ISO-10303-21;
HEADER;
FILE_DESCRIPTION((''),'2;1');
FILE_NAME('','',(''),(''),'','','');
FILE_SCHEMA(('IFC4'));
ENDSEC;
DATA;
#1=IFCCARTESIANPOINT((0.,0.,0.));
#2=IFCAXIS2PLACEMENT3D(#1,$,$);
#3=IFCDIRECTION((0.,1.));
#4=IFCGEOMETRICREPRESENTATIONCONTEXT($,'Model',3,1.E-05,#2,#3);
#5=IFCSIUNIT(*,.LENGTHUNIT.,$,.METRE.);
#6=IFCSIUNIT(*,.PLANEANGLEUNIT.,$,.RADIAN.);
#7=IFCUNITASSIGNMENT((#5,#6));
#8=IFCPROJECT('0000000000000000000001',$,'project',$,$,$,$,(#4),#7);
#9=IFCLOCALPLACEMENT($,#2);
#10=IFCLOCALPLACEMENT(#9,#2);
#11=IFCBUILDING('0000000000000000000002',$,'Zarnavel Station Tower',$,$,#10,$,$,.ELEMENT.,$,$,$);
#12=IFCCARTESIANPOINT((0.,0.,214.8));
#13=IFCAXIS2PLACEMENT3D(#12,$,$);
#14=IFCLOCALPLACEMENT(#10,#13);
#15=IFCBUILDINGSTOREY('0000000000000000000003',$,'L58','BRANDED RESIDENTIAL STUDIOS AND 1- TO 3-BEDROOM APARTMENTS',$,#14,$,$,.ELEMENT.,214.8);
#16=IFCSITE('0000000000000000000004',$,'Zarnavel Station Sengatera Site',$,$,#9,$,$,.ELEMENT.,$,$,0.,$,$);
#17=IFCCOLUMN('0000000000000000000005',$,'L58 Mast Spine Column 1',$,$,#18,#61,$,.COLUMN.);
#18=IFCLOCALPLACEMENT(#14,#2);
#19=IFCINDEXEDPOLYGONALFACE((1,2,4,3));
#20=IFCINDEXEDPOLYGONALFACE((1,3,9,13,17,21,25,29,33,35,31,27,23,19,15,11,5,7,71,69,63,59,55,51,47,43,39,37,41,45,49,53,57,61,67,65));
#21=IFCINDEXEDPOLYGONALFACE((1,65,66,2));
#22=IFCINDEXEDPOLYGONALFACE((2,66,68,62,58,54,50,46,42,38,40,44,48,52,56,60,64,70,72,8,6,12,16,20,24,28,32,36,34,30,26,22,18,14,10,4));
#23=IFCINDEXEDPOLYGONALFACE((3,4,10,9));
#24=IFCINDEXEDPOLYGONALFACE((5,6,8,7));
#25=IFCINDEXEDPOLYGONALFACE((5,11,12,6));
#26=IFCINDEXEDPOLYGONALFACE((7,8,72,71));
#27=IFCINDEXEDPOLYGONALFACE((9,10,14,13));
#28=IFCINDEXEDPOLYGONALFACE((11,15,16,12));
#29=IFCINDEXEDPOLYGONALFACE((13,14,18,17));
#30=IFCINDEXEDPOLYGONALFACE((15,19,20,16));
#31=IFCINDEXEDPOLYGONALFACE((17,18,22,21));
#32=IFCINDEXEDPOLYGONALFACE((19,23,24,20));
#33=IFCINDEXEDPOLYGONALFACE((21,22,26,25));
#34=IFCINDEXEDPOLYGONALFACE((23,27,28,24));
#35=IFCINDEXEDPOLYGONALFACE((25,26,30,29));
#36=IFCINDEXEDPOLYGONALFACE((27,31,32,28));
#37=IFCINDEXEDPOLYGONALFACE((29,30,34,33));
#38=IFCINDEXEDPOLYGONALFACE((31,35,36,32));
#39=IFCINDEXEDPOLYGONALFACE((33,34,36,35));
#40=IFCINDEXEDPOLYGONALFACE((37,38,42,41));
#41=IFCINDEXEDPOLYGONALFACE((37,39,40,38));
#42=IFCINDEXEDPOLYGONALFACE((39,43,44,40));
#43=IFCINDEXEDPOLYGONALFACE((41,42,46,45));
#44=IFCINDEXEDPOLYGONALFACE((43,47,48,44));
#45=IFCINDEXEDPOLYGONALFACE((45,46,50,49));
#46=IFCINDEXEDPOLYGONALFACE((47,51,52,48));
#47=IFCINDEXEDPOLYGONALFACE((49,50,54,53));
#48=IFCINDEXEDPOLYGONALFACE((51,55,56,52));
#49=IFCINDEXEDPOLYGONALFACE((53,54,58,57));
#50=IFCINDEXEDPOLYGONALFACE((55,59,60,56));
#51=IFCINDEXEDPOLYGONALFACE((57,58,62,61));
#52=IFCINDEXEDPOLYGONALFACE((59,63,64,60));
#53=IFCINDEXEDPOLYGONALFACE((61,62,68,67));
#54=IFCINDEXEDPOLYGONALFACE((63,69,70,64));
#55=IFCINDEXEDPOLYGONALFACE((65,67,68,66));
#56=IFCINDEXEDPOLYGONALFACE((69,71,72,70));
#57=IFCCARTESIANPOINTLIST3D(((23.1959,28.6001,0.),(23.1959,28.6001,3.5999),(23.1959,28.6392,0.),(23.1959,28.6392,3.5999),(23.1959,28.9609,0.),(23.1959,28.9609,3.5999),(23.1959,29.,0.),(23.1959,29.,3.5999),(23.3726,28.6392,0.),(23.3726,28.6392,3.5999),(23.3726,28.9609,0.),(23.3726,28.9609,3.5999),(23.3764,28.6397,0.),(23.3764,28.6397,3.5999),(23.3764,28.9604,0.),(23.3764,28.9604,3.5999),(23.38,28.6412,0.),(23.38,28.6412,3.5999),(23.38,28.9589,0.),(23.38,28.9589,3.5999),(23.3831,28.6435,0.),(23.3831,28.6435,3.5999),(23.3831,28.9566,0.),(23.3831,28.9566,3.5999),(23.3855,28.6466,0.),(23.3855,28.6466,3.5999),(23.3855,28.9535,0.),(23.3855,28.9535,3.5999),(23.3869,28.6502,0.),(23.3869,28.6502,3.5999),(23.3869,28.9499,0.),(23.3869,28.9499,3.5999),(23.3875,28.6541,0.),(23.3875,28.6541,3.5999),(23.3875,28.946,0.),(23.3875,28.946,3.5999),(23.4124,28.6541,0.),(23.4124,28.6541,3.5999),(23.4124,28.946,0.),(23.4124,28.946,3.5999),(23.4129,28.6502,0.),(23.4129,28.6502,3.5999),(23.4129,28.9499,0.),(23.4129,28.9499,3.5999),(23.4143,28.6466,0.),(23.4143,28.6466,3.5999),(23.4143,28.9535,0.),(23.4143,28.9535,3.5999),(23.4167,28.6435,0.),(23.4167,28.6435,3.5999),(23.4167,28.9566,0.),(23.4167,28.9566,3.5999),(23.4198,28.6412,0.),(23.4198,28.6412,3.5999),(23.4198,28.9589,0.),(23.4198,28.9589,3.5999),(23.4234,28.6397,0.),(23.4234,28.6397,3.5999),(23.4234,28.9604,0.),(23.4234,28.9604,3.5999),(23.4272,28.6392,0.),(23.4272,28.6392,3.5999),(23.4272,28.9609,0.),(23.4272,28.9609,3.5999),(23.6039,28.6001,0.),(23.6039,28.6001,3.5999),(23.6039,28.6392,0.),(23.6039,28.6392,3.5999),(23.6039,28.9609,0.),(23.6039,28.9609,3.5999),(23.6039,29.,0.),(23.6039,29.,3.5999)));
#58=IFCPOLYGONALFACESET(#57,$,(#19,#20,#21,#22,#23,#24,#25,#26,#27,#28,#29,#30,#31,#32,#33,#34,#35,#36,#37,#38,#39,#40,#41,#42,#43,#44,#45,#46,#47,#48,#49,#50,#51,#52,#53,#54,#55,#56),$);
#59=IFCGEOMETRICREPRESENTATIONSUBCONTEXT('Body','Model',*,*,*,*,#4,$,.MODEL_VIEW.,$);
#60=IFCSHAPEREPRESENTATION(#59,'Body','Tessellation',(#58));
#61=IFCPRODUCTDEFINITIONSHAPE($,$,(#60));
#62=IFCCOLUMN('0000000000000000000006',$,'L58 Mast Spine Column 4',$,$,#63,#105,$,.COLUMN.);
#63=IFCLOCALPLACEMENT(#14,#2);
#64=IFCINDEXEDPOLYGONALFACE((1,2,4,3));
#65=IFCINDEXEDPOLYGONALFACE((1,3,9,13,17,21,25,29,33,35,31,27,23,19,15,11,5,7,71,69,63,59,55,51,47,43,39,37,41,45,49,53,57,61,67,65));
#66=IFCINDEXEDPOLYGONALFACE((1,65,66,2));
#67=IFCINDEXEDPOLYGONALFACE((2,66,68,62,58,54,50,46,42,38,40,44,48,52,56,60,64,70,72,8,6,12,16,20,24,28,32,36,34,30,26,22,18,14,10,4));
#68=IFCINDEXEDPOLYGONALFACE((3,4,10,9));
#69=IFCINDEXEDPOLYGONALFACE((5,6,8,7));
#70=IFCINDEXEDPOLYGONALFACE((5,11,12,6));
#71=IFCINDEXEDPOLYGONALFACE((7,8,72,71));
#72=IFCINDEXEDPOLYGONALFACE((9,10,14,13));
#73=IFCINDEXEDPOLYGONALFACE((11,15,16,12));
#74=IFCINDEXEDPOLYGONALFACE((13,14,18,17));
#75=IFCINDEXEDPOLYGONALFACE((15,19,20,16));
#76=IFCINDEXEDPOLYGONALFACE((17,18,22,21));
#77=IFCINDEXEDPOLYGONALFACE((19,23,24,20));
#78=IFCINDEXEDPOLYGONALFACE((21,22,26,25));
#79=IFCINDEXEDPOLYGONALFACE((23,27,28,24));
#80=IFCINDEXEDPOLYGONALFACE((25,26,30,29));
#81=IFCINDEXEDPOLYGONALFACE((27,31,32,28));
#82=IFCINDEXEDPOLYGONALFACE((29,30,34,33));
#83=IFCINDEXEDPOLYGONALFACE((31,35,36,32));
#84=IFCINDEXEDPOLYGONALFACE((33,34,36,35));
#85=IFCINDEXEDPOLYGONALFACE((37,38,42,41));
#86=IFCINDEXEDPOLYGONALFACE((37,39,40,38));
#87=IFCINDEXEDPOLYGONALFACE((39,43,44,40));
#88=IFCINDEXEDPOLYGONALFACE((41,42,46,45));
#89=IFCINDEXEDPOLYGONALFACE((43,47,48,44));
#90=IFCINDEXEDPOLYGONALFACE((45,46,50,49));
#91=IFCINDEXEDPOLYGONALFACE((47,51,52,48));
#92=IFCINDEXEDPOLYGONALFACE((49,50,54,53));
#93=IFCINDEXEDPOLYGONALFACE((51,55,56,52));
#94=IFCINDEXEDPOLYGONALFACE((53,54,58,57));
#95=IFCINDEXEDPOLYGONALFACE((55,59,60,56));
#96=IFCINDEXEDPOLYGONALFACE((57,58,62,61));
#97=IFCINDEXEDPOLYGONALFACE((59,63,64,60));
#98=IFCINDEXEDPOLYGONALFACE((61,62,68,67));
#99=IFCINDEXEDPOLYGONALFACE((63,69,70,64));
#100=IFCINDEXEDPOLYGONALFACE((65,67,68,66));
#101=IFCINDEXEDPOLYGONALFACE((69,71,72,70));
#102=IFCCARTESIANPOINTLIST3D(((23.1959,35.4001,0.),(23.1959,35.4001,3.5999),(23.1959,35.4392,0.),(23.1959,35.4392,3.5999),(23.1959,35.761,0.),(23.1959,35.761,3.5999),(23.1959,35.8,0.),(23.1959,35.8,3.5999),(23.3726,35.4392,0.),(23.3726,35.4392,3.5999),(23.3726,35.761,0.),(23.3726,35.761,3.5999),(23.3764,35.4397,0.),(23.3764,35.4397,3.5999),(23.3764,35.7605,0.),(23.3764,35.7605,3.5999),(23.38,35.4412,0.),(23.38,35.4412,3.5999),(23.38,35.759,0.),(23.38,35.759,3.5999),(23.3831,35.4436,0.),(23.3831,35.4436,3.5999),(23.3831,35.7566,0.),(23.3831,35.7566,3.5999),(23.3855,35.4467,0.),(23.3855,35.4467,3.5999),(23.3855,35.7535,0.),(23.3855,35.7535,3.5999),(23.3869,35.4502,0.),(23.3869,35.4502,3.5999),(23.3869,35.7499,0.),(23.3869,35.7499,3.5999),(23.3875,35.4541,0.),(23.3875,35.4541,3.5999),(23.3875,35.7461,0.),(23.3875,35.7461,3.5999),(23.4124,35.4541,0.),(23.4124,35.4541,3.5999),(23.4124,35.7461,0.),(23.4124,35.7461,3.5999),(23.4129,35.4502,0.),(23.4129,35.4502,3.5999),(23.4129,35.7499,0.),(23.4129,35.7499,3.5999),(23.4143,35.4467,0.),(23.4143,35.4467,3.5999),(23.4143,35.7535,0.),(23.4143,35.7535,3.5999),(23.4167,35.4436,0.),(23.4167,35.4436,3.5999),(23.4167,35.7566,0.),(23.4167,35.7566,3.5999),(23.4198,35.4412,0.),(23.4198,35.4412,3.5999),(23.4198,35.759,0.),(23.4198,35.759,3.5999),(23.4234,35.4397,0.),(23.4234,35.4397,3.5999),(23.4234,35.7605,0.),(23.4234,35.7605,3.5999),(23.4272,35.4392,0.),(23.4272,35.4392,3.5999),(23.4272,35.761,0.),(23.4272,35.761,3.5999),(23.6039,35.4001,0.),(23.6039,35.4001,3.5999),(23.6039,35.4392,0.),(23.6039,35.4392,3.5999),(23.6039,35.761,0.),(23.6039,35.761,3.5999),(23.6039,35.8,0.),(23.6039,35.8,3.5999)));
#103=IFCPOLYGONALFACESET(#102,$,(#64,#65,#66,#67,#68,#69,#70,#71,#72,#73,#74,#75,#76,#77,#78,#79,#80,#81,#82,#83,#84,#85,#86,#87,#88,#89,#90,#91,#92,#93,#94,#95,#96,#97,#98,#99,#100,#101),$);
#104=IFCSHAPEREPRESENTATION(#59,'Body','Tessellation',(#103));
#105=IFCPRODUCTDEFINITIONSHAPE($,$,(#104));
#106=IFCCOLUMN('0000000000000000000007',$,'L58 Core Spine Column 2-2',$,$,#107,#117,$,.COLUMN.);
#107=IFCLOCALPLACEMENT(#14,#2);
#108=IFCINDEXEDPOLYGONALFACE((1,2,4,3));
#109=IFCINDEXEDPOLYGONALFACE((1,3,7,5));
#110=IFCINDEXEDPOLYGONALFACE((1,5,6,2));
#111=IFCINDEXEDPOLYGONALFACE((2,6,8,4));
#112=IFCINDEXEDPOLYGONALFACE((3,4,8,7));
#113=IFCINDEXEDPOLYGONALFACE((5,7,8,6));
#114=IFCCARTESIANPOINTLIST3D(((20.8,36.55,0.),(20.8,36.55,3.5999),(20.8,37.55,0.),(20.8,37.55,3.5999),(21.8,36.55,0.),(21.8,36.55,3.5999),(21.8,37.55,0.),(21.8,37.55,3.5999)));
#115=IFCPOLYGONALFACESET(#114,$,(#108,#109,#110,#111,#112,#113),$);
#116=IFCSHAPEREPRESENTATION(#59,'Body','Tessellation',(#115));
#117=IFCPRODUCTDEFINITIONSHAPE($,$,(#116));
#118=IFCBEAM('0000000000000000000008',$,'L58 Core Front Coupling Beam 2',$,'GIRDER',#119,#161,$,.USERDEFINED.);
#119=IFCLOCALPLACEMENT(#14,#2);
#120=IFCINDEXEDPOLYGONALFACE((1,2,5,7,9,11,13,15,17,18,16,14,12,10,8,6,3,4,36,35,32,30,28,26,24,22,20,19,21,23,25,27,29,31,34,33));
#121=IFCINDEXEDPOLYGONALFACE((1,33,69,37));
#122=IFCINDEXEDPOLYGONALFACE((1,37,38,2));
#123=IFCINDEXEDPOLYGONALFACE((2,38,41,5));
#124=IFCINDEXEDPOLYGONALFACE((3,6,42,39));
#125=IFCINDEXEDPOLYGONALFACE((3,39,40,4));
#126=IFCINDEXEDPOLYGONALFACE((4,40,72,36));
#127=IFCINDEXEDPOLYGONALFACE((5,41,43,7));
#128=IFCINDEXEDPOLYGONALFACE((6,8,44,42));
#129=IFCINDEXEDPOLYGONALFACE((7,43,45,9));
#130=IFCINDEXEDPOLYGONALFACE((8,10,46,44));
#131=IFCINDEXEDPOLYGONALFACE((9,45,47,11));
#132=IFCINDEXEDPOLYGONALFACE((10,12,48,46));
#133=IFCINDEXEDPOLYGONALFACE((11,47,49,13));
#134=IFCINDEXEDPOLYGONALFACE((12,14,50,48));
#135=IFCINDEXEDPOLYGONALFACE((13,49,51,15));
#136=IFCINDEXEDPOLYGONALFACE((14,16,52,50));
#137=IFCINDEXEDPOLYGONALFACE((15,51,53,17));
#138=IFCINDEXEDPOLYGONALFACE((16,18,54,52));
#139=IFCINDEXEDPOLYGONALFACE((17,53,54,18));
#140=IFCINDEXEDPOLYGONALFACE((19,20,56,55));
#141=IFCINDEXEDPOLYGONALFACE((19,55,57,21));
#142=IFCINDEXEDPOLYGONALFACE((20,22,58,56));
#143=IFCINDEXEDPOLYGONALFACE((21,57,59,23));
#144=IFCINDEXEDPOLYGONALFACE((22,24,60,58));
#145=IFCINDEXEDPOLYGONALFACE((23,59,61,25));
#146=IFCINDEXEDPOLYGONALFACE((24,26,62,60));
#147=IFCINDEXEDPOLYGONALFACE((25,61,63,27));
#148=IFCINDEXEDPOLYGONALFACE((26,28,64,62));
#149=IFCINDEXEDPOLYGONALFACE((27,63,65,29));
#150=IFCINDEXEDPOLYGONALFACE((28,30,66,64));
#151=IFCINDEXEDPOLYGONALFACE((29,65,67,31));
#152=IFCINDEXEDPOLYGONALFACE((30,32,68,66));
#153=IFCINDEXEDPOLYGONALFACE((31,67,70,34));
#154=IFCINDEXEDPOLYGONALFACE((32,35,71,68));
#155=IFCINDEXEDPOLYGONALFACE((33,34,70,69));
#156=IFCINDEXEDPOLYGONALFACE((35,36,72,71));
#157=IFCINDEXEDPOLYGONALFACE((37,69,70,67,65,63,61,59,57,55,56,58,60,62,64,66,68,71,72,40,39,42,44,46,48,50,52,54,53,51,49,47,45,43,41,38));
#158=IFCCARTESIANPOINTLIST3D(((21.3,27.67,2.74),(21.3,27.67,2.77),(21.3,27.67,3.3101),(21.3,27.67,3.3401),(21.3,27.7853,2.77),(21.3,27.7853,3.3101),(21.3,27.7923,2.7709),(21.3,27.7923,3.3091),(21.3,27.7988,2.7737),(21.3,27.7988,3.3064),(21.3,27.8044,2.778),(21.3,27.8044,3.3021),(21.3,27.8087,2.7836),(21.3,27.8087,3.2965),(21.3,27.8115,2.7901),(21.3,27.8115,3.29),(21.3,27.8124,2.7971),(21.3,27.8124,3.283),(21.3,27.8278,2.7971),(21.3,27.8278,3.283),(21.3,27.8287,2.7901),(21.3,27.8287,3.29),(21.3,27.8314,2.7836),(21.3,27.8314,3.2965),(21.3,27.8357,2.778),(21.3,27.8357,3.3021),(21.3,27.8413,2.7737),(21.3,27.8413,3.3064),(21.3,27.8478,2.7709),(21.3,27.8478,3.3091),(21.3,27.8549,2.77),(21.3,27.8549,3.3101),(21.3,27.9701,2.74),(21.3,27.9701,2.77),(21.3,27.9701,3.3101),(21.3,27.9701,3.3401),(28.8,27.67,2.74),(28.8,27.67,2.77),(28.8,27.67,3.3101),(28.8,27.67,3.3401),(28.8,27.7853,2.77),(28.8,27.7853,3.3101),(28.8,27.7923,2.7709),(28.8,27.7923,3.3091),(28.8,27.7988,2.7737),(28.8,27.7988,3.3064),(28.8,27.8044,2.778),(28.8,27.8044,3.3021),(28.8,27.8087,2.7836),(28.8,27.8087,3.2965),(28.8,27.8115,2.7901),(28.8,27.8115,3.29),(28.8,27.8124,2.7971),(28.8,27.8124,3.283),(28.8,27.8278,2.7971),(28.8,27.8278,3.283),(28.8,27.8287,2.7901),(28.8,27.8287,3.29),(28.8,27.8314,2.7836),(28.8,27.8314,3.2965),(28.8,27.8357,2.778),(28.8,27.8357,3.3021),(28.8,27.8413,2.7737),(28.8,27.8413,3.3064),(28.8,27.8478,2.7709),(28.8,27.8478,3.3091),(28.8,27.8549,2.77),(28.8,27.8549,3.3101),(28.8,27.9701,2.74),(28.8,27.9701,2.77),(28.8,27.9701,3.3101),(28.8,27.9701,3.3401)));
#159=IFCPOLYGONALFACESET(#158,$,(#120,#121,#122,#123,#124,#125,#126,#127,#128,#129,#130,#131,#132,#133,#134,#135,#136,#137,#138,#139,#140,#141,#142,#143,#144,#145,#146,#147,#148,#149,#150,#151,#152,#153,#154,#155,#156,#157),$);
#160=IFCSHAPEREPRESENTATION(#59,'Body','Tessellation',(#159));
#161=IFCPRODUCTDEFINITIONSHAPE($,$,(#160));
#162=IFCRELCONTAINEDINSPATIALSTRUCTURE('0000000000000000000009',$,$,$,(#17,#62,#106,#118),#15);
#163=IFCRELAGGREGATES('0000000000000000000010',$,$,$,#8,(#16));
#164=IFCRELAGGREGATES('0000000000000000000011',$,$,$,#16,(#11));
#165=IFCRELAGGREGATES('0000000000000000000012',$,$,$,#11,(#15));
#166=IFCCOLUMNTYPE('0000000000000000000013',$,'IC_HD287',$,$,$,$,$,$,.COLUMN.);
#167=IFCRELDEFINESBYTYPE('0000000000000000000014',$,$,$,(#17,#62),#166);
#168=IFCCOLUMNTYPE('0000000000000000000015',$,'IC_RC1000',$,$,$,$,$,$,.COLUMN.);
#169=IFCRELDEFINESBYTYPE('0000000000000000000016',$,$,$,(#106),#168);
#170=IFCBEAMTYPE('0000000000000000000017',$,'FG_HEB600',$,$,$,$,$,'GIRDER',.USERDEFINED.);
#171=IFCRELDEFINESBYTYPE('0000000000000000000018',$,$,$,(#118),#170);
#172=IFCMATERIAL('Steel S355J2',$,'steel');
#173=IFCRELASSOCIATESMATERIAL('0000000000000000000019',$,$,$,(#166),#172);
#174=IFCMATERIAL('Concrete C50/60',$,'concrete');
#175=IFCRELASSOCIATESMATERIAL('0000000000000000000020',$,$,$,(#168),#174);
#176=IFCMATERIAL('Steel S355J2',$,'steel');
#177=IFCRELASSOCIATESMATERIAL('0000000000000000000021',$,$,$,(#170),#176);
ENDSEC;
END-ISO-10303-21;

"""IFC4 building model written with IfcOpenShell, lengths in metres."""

from ifc_helpers import new_model, si_unit, direction, frame, origin, origin_2d, place, context, subcontext, project, spatial, rectangle, i_section, extrude, material, material_profile, profile_set, type_object, element, save


model = new_model("IFC4")

# Units and contexts
model_context = context("Model", 3, precision=1e-05, world=origin(), true_north=direction((0.0, 1.0)))
body_context = subcontext(model_context, "Body", "Model", "MODEL_VIEW")
ifc_project = project(units=[si_unit("LENGTHUNIT", "METRE"), si_unit("PLANEANGLEUNIT", "RADIAN")], contexts=[model_context])

# Site, building, storey
site_placement = place(None, origin())
site = spatial("IfcSite", under=ifc_project, at=site_placement, Name="Zarnavel Station Sengatera Site", CompositionType="ELEMENT", RefElevation=0.0)
building_placement = place(site_placement, origin())
building = spatial("IfcBuilding", under=site, at=building_placement, Name="Zarnavel Station Tower", CompositionType="ELEMENT")
storey_placement = place(building_placement, frame((0.0, 0.0, 214.8)))
storey = spatial("IfcBuildingStorey", under=building, at=storey_placement, Name="L58", Description="BRANDED RESIDENTIAL STUDIOS AND 1- TO 3-BEDROOM APARTMENTS", CompositionType="ELEMENT", Elevation=214.8)

# Columns
ifc_material_1 = material(Name="Steel S355J2", Category="steel")
ifc_material_profile_1 = material_profile(ifc_material_1, i_section(OverallWidth=0.408, OverallDepth=0.3999, WebThickness=0.0249, FlangeThickness=0.0391, FilletRadius=0.0149, at=origin_2d()), Name="HD400x287")
ifc_profile_set_1 = profile_set([ifc_material_profile_1], Name="Steel S355J2")
column_type_1 = type_object("IfcColumnType", Name="IC_HD287", PredefinedType="COLUMN", material=ifc_profile_set_1)
for number, where, z_axis, x_axis, name in (
    (1, (23.3999, 28.8, 0.0), (0.0, 0.0, 1.0), (1.0, 0.0, 0.0), "L58 Mast Spine Column 1"),
    (2, (23.3999, 35.6001, 0.0), (0.0, 0.0, 1.0), (1.0, 0.0, 0.0), "L58 Mast Spine Column 4"),
):
    element("IfcColumn", number, at=place(storey_placement, frame(where, z_axis=z_axis, x_axis=x_axis)), inside=storey, type_object=column_type_1, Name=name, PredefinedType="COLUMN", context=body_context, shape_type="SweptSolid", body=[
        extrude(i_section(OverallWidth=0.408, OverallDepth=0.3999, WebThickness=0.0249, FlangeThickness=0.0391, FilletRadius=0.0149, at=origin_2d()), origin(), (0.0, 0.0, 1.0), 3.5999),
    ])
ifc_material_2 = material(Name="Concrete C50/60", Category="concrete")
ifc_material_profile_2 = material_profile(ifc_material_2, rectangle(XDim=1.0, YDim=1.0, at=origin_2d()), Name="RC1000x1000")
ifc_profile_set_2 = profile_set([ifc_material_profile_2], Name="Concrete C50/60")
column_type_2 = type_object("IfcColumnType", Name="IC_RC1000", PredefinedType="COLUMN", material=ifc_profile_set_2)
column_placement = place(storey_placement, frame((21.3, 37.05, 0.0), z_axis=(0.0, 0.0, 1.0), x_axis=(1.0, 0.0, 0.0)))
element("IfcColumn", 3, at=column_placement, inside=storey, type_object=column_type_2, Name="L58 Core Spine Column 2-2", PredefinedType="COLUMN", context=body_context, shape_type="SweptSolid", body=[
    extrude(rectangle(XDim=1.0, YDim=1.0, at=origin_2d()), origin(), (0.0, 0.0, 1.0), 3.5999),
])

# Beam
ifc_material_3 = material(Name="Steel S355J2", Category="steel")
ifc_material_profile_3 = material_profile(ifc_material_3, i_section(OverallWidth=0.3, OverallDepth=0.6001, WebThickness=0.0154, FlangeThickness=0.03, FilletRadius=0.0271, at=origin_2d()), Name="HEB600")
ifc_profile_set_3 = profile_set([ifc_material_profile_3], Name="Steel S355J2")
beam_type_1 = type_object("IfcBeamType", Name="FG_HEB600", ElementType="GIRDER", PredefinedType="USERDEFINED", material=ifc_profile_set_3)
beam_1_placement = place(storey_placement, frame((21.3, 27.8201, 3.04), z_axis=(1.0, 0.0, 0.0), x_axis=(0.0, 1.0, 0.0)))
element("IfcBeam", 4, at=beam_1_placement, inside=storey, type_object=beam_type_1, Name="L58 Core Front Coupling Beam 2", ObjectType="GIRDER", PredefinedType="USERDEFINED", context=body_context, shape_type="SweptSolid", body=[
    extrude(i_section(OverallWidth=0.3, OverallDepth=0.6001, WebThickness=0.0154, FlangeThickness=0.03, FilletRadius=0.0271, at=origin_2d()), origin(), (0.0, 0.0, 1.0), 7.5),
])

save(model, "model.ifc")
